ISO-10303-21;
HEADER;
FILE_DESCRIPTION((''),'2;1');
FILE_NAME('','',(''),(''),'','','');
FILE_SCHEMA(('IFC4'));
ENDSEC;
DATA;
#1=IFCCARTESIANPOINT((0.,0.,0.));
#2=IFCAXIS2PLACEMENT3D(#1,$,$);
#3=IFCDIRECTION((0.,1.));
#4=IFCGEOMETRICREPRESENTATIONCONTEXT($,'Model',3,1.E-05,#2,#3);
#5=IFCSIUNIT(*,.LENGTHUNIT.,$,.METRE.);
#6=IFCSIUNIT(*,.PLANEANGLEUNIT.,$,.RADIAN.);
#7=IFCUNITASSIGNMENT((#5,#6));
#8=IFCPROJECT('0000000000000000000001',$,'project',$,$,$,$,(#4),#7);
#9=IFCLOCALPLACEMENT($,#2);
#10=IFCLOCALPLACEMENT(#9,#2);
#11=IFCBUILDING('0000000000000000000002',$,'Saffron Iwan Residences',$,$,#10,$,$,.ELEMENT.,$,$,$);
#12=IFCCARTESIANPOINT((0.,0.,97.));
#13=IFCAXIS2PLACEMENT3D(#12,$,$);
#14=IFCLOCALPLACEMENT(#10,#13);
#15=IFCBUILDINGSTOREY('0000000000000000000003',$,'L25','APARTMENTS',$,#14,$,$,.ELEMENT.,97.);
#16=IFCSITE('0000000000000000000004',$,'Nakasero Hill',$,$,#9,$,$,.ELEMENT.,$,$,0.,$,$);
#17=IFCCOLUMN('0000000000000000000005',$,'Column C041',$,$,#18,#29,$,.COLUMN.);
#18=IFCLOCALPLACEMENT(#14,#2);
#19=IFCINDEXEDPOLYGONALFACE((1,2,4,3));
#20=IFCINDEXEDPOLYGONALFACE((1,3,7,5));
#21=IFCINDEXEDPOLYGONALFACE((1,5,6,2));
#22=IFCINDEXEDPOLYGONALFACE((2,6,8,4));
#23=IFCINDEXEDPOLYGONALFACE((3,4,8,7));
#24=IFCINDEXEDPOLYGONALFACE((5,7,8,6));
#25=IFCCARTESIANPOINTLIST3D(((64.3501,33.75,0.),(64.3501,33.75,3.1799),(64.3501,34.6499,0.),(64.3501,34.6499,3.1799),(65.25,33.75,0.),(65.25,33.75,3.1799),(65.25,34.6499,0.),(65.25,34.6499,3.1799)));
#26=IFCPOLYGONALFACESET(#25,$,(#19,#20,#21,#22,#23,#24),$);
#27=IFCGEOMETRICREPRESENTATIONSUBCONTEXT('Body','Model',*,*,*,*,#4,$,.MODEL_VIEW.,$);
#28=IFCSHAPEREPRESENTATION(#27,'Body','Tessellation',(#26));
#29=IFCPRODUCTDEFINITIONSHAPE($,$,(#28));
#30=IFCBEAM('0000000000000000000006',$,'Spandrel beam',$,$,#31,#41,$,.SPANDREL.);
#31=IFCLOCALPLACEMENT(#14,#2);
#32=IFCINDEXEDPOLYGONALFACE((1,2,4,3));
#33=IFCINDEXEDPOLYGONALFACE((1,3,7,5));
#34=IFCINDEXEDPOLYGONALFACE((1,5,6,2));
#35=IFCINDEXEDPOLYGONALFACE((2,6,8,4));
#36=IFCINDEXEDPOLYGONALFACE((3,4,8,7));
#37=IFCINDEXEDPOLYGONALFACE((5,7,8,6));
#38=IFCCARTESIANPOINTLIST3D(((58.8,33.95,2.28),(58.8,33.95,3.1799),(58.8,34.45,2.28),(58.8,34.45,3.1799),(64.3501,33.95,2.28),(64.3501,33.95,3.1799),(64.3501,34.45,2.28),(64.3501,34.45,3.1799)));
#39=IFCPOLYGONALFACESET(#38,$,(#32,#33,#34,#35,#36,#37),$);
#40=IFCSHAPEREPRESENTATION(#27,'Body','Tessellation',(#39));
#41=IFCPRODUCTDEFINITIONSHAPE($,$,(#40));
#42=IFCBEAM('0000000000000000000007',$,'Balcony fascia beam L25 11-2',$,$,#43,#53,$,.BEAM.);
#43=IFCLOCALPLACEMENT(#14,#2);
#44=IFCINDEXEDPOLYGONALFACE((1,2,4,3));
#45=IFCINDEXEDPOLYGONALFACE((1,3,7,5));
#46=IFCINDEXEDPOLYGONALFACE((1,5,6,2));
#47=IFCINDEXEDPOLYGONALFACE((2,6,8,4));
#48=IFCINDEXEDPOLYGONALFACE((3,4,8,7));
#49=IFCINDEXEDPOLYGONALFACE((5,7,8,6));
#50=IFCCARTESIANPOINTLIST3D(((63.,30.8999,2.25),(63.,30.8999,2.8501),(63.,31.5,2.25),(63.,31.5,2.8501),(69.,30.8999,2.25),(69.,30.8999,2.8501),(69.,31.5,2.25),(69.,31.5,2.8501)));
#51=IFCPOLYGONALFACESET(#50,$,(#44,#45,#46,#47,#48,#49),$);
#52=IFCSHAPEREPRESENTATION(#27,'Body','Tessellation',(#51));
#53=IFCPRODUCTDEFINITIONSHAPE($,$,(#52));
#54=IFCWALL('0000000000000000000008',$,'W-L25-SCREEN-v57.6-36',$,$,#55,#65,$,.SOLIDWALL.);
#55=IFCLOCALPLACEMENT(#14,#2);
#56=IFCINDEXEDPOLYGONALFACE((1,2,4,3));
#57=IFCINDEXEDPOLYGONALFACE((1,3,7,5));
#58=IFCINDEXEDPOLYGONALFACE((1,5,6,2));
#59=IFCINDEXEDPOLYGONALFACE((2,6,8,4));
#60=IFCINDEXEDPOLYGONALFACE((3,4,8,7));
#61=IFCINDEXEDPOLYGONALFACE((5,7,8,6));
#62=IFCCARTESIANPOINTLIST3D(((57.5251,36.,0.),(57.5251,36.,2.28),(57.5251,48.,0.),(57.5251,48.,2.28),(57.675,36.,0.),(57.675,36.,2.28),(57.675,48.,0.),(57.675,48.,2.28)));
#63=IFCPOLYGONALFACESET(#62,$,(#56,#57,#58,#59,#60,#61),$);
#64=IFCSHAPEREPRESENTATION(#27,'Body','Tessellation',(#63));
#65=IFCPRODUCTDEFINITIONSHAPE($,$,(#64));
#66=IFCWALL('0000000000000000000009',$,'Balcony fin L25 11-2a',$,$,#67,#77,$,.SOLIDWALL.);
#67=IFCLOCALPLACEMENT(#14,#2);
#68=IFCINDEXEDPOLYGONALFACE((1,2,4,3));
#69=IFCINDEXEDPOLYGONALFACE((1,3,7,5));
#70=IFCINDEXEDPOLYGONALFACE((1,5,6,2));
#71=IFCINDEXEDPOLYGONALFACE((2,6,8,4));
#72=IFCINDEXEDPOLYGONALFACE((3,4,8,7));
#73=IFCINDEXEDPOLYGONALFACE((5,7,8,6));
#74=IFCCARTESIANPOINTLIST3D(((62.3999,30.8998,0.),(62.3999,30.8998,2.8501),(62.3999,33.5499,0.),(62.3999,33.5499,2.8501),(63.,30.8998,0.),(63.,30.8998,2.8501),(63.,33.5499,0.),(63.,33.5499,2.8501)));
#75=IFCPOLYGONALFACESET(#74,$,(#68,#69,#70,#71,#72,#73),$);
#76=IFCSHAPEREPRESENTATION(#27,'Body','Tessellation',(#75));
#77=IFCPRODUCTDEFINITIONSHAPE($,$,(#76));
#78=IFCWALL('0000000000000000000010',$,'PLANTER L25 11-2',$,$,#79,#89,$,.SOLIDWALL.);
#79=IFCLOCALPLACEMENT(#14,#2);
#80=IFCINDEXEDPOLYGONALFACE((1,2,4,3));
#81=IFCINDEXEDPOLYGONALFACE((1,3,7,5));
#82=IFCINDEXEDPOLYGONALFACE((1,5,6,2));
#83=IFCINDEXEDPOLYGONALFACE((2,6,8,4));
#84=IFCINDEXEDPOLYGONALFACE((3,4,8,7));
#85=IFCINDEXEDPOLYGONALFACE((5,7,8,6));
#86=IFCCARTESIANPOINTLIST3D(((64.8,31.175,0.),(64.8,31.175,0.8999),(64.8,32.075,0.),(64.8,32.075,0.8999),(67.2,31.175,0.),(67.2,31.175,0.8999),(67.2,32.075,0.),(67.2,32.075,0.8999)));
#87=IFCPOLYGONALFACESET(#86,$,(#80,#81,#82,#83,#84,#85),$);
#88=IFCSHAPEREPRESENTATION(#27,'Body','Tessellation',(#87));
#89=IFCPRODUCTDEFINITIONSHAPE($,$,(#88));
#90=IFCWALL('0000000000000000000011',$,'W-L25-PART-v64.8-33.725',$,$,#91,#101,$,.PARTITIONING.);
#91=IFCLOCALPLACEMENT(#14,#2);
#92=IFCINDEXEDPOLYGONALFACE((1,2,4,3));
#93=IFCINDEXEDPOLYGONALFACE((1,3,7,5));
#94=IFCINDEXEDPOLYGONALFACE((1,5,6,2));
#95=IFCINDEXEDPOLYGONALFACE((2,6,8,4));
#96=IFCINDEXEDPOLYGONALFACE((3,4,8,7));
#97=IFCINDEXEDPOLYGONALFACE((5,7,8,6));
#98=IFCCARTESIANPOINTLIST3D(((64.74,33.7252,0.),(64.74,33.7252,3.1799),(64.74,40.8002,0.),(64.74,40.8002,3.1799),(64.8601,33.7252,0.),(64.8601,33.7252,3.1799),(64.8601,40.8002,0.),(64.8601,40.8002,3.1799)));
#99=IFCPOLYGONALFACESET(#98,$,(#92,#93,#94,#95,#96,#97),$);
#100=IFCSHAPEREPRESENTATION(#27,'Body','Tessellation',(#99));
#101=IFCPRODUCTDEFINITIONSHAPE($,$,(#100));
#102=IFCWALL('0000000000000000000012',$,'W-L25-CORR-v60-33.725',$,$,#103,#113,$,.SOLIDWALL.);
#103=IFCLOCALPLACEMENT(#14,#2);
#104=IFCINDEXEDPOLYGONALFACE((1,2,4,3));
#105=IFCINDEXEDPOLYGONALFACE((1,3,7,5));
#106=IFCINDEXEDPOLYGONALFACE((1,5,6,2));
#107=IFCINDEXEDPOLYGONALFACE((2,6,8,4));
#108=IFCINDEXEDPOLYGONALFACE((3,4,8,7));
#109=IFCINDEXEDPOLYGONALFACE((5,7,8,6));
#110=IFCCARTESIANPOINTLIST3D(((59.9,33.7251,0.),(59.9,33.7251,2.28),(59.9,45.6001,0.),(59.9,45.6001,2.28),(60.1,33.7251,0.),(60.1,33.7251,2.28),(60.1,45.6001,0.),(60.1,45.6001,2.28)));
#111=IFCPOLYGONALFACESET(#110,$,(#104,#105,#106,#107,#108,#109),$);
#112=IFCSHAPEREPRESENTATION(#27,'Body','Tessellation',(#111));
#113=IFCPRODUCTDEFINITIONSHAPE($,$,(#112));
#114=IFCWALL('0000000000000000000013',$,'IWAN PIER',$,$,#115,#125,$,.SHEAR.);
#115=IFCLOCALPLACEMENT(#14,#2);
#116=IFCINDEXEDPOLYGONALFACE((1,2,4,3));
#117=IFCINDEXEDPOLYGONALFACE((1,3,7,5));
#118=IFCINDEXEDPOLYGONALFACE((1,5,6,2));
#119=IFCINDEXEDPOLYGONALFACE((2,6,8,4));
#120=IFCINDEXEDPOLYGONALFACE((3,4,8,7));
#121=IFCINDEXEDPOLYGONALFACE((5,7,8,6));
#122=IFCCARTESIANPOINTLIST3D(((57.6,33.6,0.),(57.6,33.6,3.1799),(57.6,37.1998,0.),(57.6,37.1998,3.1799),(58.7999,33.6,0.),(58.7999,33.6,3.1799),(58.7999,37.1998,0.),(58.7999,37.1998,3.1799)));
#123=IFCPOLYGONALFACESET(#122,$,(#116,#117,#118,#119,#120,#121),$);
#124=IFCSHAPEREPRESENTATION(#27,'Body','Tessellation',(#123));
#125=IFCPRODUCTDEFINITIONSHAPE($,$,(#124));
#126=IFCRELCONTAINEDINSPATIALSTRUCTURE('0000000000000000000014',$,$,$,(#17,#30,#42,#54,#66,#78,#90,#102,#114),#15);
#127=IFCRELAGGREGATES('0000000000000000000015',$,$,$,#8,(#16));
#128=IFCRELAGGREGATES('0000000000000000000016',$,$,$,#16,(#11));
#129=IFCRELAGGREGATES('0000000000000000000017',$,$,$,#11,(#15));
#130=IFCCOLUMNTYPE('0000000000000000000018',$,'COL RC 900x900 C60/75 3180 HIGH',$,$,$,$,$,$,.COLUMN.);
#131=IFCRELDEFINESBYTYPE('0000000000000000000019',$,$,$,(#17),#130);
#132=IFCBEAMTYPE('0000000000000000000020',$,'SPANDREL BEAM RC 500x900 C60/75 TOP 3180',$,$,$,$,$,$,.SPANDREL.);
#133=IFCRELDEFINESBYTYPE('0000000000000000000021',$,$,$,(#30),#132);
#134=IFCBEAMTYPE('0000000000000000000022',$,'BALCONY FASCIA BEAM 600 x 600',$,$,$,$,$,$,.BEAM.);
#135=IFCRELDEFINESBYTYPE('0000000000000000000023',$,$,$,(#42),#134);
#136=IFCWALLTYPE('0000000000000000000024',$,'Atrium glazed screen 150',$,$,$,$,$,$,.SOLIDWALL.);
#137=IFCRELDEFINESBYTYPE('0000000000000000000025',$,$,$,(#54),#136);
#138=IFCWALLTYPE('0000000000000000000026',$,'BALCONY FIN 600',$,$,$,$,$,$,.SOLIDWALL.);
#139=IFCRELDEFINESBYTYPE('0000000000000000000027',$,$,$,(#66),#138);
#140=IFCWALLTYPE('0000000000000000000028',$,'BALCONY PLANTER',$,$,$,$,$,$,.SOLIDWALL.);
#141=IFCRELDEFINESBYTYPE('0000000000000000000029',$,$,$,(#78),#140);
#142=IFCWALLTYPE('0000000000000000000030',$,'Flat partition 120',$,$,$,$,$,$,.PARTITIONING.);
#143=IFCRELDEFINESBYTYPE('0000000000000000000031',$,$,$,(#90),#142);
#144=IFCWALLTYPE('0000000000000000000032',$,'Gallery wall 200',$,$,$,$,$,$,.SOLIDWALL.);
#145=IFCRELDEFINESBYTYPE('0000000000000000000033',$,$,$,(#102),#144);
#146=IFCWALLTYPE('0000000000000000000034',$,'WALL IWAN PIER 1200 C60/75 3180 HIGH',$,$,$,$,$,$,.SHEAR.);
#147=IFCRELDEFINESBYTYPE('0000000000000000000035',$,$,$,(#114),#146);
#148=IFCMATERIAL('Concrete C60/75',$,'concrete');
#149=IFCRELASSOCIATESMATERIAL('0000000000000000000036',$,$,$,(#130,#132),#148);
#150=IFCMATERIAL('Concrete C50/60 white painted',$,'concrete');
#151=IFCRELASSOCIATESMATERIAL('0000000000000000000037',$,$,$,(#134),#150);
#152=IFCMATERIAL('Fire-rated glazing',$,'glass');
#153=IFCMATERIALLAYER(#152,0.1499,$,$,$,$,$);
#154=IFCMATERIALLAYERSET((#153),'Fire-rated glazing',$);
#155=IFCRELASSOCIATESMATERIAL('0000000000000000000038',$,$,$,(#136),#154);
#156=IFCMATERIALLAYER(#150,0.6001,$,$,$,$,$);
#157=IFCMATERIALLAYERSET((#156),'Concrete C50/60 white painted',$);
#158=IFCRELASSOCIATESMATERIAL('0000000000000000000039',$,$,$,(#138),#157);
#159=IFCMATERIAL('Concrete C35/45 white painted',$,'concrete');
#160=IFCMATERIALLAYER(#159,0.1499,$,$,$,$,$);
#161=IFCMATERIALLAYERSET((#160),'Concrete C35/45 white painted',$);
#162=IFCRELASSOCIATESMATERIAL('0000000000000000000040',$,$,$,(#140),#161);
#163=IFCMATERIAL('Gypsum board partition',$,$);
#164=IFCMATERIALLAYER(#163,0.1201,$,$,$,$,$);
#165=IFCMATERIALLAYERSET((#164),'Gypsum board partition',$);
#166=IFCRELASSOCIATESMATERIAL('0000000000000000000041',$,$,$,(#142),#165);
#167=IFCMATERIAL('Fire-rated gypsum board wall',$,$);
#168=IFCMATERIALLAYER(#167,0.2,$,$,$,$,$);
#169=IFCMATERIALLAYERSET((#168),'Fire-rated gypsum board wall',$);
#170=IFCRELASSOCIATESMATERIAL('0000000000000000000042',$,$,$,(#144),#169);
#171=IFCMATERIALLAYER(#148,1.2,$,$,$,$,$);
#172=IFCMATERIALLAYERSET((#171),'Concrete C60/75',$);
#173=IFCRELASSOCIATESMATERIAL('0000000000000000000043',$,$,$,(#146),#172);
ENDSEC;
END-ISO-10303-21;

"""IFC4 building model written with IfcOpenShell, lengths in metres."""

from ifc_helpers import new_model, si_unit, direction, frame, frame_2d, origin, origin_2d, place, context, subcontext, project, spatial, rectangle, extrude, source, transform, mapped, material, layer, layer_set, material_profile, profile_set, type_object, element, save


model = new_model("IFC4")

# Units and contexts
model_context = context("Model", 3, precision=1e-05, world=origin(), true_north=direction((0.0, 1.0)))
body_context = subcontext(model_context, "Body", "Model", "MODEL_VIEW")
ifc_project = project(units=[si_unit("LENGTHUNIT", "METRE"), si_unit("PLANEANGLEUNIT", "RADIAN")], contexts=[model_context])

# Site, building, storey
site_placement = place(None, origin())
site = spatial("IfcSite", under=ifc_project, at=site_placement, Name="Nakasero Hill", CompositionType="ELEMENT", RefElevation=0.0)
building_placement = place(site_placement, origin())
building = spatial("IfcBuilding", under=site, at=building_placement, Name="Saffron Iwan Residences", CompositionType="ELEMENT")
storey_placement = place(building_placement, frame((0.0, 0.0, 97.0)))
storey = spatial("IfcBuildingStorey", under=building, at=storey_placement, Name="L25", Description="APARTMENTS", CompositionType="ELEMENT", Elevation=97.0)

# Column
ifc_material_1 = material(Name="Concrete C60/75", Category="concrete")
ifc_material_profile_1 = material_profile(ifc_material_1, rectangle(XDim=0.8999, YDim=0.8999, at=origin_2d()), Name="RC 900x900")
ifc_profile_set_1 = profile_set([ifc_material_profile_1], Name="Concrete C60/75")
column_type = type_object("IfcColumnType", Name="COL RC 900x900 C60/75 3180 HIGH", PredefinedType="COLUMN", material=ifc_profile_set_1)
shared_shape_1 = source(origin(), body_context, "Body", "SweptSolid", [
    extrude(rectangle(XDim=0.8999, YDim=0.8999, at=origin_2d()), origin(), (0.0, 0.0, 1.0), 3.1799),
])
column_placement = place(storey_placement, frame((64.8, 34.2, 0.0), z_axis=(0.0, 0.0, 1.0), x_axis=(1.0, 0.0, 0.0)))
element("IfcColumn", 1, at=column_placement, inside=storey, type_object=column_type, Name="Column C041", PredefinedType="COLUMN", context=body_context, shape_type="MappedRepresentation", body=[
    mapped(shared_shape_1, transform((0.0, 0.0, 0.0))),
])

# Beams
ifc_material_profile_2 = material_profile(ifc_material_1, rectangle(XDim=0.5, YDim=0.8999, at=origin_2d()), Name="RC 500x900")
ifc_profile_set_2 = profile_set([ifc_material_profile_2], Name="Concrete C60/75")
beam_type_1 = type_object("IfcBeamType", Name="SPANDREL BEAM RC 500x900 C60/75 TOP 3180", PredefinedType="SPANDREL", material=ifc_profile_set_2)
shared_shape_2 = source(origin(), body_context, "Body", "SweptSolid", [
    extrude(rectangle(XDim=0.5, YDim=0.8999, at=origin_2d()), origin(), (0.0, 0.0, 1.0), 5.55),
])
beam_1_placement = place(storey_placement, frame((64.3501, 34.2, 2.73), z_axis=(-1.0, 0.0, 0.0), x_axis=(0.0, -1.0, 0.0)))
element("IfcBeam", 2, at=beam_1_placement, inside=storey, type_object=beam_type_1, Name="Spandrel beam", PredefinedType="SPANDREL", context=body_context, shape_type="MappedRepresentation", body=[
    mapped(shared_shape_2, transform((0.0, 0.0, 0.0))),
])
ifc_material_2 = material(Name="Concrete C50/60 white painted", Category="concrete")
ifc_material_profile_3 = material_profile(ifc_material_2, rectangle(XDim=0.6001, YDim=0.6001, at=origin_2d()), Name="BALCONY FASCIA BEAM 600 x 600")
ifc_profile_set_3 = profile_set([ifc_material_profile_3], Name="Concrete C50/60 white painted")
beam_type_2 = type_object("IfcBeamType", Name="BALCONY FASCIA BEAM 600 x 600", PredefinedType="BEAM", material=ifc_profile_set_3)
shared_shape_3 = source(origin(), body_context, "Body", "SweptSolid", [
    extrude(rectangle(XDim=0.6001, YDim=0.6001, at=origin_2d()), origin(), (0.0, 0.0, 1.0), 6.0),
])
beam_2_placement = place(storey_placement, frame((63.0, 31.2, 2.55), z_axis=(1.0, 0.0, 0.0), x_axis=(0.0, 1.0, 0.0)))
element("IfcBeam", 3, at=beam_2_placement, inside=storey, type_object=beam_type_2, Name="Balcony fascia beam L25 11-2", PredefinedType="BEAM", context=body_context, shape_type="MappedRepresentation", body=[
    mapped(shared_shape_3, transform((0.0, 0.0, 0.0))),
])

# Walls
ifc_material_3 = material(Name="Fire-rated glazing", Category="glass")
ifc_layer_1 = layer(ifc_material_3, 0.1499)
ifc_layer_set_1 = layer_set([ifc_layer_1], Name="Fire-rated glazing")
wall_type_1 = type_object("IfcWallType", Name="Atrium glazed screen 150", PredefinedType="SOLIDWALL", material=ifc_layer_set_1)
wall_1_placement = place(storey_placement, frame((57.6001, 36.0, 0.0), z_axis=(0.0, 0.0, 1.0), x_axis=(0.0, 1.0, 0.0)))
element("IfcWall", 4, at=wall_1_placement, inside=storey, type_object=wall_type_1, Name="W-L25-SCREEN-v57.6-36", PredefinedType="SOLIDWALL", context=body_context, shape_type="SweptSolid", body=[
    extrude(rectangle(XDim=12.0, YDim=0.1499, at=frame_2d((6.0, 0.0))), origin(), (0.0, 0.0, 1.0), 2.28),
])
ifc_layer_2 = layer(ifc_material_2, 0.6001)
ifc_layer_set_2 = layer_set([ifc_layer_2], Name="Concrete C50/60 white painted")
wall_type_2 = type_object("IfcWallType", Name="BALCONY FIN 600", PredefinedType="SOLIDWALL", material=ifc_layer_set_2)
wall_2_placement = place(storey_placement, frame((62.7, 33.55, 0.0), z_axis=(0.0, 0.0, 1.0), x_axis=(0.0, -1.0, 0.0)))
element("IfcWall", 5, at=wall_2_placement, inside=storey, type_object=wall_type_2, Name="Balcony fin L25 11-2a", PredefinedType="SOLIDWALL", context=body_context, shape_type="SweptSolid", body=[
    extrude(rectangle(XDim=2.6501, YDim=0.6001, at=frame_2d((1.3252, 0.0))), origin(), (0.0, 0.0, 1.0), 2.8501),
])
ifc_material_4 = material(Name="Concrete C35/45 white painted", Category="concrete")
ifc_layer_3 = layer(ifc_material_4, 0.1499)
ifc_layer_set_3 = layer_set([ifc_layer_3], Name="Concrete C35/45 white painted")
wall_type_3 = type_object("IfcWallType", Name="BALCONY PLANTER", PredefinedType="SOLIDWALL", material=ifc_layer_set_3)
wall_3_placement = place(storey_placement, frame((64.8, 31.625, 0.0), z_axis=(0.0, 0.0, 1.0), x_axis=(1.0, 0.0, 0.0)))
element("IfcWall", 6, at=wall_3_placement, inside=storey, type_object=wall_type_3, Name="PLANTER L25 11-2", PredefinedType="SOLIDWALL", context=body_context, shape_type="SweptSolid", body=[
    extrude(rectangle(XDim=2.3999, YDim=0.8999, at=frame_2d((1.2, 0.0))), origin(), (0.0, 0.0, 1.0), 0.8999),
])

# Walls
ifc_material_5 = material(Name="Gypsum board partition")
ifc_layer_4 = layer(ifc_material_5, 0.1201)
ifc_layer_set_4 = layer_set([ifc_layer_4], Name="Gypsum board partition")
wall_type_4 = type_object("IfcWallType", Name="Flat partition 120", PredefinedType="PARTITIONING", material=ifc_layer_set_4)
wall_4_placement = place(storey_placement, frame((64.8, 33.7251, 0.0), z_axis=(0.0, 0.0, 1.0), x_axis=(0.0, 1.0, 0.0)))
element("IfcWall", 7, at=wall_4_placement, inside=storey, type_object=wall_type_4, Name="W-L25-PART-v64.8-33.725", PredefinedType="PARTITIONING", context=body_context, shape_type="SweptSolid", body=[
    extrude(rectangle(XDim=7.075, YDim=0.1201, at=frame_2d((3.5376, 0.0))), origin(), (0.0, 0.0, 1.0), 3.1799),
])
ifc_material_6 = material(Name="Fire-rated gypsum board wall")
ifc_layer_5 = layer(ifc_material_6, 0.2)
ifc_layer_set_5 = layer_set([ifc_layer_5], Name="Fire-rated gypsum board wall")
wall_type_5 = type_object("IfcWallType", Name="Gallery wall 200", PredefinedType="SOLIDWALL", material=ifc_layer_set_5)
wall_5_placement = place(storey_placement, frame((60.0, 33.7251, 0.0), z_axis=(0.0, 0.0, 1.0), x_axis=(0.0, 1.0, 0.0)))
element("IfcWall", 8, at=wall_5_placement, inside=storey, type_object=wall_type_5, Name="W-L25-CORR-v60-33.725", PredefinedType="SOLIDWALL", context=body_context, shape_type="SweptSolid", body=[
    extrude(rectangle(XDim=11.875, YDim=0.2, at=frame_2d((5.9375, 0.0))), origin(), (0.0, 0.0, 1.0), 2.28),
])
ifc_layer_6 = layer(ifc_material_1, 1.2)
ifc_layer_set_6 = layer_set([ifc_layer_6], Name="Concrete C60/75")
wall_type_6 = type_object("IfcWallType", Name="WALL IWAN PIER 1200 C60/75 3180 HIGH", PredefinedType="SHEAR", material=ifc_layer_set_6)
wall_6_placement = place(storey_placement, frame((58.2, 33.6001, 0.0), z_axis=(0.0, 0.0, 1.0), x_axis=(0.0, 1.0, 0.0)))
element("IfcWall", 9, at=wall_6_placement, inside=storey, type_object=wall_type_6, Name="IWAN PIER", PredefinedType="SHEAR", context=body_context, shape_type="SweptSolid", body=[
    extrude(rectangle(XDim=3.5999, YDim=1.2, at=frame_2d((1.7998, 0.0))), origin(), (0.0, 0.0, 1.0), 3.1799),
])

save(model, "model.ifc")
